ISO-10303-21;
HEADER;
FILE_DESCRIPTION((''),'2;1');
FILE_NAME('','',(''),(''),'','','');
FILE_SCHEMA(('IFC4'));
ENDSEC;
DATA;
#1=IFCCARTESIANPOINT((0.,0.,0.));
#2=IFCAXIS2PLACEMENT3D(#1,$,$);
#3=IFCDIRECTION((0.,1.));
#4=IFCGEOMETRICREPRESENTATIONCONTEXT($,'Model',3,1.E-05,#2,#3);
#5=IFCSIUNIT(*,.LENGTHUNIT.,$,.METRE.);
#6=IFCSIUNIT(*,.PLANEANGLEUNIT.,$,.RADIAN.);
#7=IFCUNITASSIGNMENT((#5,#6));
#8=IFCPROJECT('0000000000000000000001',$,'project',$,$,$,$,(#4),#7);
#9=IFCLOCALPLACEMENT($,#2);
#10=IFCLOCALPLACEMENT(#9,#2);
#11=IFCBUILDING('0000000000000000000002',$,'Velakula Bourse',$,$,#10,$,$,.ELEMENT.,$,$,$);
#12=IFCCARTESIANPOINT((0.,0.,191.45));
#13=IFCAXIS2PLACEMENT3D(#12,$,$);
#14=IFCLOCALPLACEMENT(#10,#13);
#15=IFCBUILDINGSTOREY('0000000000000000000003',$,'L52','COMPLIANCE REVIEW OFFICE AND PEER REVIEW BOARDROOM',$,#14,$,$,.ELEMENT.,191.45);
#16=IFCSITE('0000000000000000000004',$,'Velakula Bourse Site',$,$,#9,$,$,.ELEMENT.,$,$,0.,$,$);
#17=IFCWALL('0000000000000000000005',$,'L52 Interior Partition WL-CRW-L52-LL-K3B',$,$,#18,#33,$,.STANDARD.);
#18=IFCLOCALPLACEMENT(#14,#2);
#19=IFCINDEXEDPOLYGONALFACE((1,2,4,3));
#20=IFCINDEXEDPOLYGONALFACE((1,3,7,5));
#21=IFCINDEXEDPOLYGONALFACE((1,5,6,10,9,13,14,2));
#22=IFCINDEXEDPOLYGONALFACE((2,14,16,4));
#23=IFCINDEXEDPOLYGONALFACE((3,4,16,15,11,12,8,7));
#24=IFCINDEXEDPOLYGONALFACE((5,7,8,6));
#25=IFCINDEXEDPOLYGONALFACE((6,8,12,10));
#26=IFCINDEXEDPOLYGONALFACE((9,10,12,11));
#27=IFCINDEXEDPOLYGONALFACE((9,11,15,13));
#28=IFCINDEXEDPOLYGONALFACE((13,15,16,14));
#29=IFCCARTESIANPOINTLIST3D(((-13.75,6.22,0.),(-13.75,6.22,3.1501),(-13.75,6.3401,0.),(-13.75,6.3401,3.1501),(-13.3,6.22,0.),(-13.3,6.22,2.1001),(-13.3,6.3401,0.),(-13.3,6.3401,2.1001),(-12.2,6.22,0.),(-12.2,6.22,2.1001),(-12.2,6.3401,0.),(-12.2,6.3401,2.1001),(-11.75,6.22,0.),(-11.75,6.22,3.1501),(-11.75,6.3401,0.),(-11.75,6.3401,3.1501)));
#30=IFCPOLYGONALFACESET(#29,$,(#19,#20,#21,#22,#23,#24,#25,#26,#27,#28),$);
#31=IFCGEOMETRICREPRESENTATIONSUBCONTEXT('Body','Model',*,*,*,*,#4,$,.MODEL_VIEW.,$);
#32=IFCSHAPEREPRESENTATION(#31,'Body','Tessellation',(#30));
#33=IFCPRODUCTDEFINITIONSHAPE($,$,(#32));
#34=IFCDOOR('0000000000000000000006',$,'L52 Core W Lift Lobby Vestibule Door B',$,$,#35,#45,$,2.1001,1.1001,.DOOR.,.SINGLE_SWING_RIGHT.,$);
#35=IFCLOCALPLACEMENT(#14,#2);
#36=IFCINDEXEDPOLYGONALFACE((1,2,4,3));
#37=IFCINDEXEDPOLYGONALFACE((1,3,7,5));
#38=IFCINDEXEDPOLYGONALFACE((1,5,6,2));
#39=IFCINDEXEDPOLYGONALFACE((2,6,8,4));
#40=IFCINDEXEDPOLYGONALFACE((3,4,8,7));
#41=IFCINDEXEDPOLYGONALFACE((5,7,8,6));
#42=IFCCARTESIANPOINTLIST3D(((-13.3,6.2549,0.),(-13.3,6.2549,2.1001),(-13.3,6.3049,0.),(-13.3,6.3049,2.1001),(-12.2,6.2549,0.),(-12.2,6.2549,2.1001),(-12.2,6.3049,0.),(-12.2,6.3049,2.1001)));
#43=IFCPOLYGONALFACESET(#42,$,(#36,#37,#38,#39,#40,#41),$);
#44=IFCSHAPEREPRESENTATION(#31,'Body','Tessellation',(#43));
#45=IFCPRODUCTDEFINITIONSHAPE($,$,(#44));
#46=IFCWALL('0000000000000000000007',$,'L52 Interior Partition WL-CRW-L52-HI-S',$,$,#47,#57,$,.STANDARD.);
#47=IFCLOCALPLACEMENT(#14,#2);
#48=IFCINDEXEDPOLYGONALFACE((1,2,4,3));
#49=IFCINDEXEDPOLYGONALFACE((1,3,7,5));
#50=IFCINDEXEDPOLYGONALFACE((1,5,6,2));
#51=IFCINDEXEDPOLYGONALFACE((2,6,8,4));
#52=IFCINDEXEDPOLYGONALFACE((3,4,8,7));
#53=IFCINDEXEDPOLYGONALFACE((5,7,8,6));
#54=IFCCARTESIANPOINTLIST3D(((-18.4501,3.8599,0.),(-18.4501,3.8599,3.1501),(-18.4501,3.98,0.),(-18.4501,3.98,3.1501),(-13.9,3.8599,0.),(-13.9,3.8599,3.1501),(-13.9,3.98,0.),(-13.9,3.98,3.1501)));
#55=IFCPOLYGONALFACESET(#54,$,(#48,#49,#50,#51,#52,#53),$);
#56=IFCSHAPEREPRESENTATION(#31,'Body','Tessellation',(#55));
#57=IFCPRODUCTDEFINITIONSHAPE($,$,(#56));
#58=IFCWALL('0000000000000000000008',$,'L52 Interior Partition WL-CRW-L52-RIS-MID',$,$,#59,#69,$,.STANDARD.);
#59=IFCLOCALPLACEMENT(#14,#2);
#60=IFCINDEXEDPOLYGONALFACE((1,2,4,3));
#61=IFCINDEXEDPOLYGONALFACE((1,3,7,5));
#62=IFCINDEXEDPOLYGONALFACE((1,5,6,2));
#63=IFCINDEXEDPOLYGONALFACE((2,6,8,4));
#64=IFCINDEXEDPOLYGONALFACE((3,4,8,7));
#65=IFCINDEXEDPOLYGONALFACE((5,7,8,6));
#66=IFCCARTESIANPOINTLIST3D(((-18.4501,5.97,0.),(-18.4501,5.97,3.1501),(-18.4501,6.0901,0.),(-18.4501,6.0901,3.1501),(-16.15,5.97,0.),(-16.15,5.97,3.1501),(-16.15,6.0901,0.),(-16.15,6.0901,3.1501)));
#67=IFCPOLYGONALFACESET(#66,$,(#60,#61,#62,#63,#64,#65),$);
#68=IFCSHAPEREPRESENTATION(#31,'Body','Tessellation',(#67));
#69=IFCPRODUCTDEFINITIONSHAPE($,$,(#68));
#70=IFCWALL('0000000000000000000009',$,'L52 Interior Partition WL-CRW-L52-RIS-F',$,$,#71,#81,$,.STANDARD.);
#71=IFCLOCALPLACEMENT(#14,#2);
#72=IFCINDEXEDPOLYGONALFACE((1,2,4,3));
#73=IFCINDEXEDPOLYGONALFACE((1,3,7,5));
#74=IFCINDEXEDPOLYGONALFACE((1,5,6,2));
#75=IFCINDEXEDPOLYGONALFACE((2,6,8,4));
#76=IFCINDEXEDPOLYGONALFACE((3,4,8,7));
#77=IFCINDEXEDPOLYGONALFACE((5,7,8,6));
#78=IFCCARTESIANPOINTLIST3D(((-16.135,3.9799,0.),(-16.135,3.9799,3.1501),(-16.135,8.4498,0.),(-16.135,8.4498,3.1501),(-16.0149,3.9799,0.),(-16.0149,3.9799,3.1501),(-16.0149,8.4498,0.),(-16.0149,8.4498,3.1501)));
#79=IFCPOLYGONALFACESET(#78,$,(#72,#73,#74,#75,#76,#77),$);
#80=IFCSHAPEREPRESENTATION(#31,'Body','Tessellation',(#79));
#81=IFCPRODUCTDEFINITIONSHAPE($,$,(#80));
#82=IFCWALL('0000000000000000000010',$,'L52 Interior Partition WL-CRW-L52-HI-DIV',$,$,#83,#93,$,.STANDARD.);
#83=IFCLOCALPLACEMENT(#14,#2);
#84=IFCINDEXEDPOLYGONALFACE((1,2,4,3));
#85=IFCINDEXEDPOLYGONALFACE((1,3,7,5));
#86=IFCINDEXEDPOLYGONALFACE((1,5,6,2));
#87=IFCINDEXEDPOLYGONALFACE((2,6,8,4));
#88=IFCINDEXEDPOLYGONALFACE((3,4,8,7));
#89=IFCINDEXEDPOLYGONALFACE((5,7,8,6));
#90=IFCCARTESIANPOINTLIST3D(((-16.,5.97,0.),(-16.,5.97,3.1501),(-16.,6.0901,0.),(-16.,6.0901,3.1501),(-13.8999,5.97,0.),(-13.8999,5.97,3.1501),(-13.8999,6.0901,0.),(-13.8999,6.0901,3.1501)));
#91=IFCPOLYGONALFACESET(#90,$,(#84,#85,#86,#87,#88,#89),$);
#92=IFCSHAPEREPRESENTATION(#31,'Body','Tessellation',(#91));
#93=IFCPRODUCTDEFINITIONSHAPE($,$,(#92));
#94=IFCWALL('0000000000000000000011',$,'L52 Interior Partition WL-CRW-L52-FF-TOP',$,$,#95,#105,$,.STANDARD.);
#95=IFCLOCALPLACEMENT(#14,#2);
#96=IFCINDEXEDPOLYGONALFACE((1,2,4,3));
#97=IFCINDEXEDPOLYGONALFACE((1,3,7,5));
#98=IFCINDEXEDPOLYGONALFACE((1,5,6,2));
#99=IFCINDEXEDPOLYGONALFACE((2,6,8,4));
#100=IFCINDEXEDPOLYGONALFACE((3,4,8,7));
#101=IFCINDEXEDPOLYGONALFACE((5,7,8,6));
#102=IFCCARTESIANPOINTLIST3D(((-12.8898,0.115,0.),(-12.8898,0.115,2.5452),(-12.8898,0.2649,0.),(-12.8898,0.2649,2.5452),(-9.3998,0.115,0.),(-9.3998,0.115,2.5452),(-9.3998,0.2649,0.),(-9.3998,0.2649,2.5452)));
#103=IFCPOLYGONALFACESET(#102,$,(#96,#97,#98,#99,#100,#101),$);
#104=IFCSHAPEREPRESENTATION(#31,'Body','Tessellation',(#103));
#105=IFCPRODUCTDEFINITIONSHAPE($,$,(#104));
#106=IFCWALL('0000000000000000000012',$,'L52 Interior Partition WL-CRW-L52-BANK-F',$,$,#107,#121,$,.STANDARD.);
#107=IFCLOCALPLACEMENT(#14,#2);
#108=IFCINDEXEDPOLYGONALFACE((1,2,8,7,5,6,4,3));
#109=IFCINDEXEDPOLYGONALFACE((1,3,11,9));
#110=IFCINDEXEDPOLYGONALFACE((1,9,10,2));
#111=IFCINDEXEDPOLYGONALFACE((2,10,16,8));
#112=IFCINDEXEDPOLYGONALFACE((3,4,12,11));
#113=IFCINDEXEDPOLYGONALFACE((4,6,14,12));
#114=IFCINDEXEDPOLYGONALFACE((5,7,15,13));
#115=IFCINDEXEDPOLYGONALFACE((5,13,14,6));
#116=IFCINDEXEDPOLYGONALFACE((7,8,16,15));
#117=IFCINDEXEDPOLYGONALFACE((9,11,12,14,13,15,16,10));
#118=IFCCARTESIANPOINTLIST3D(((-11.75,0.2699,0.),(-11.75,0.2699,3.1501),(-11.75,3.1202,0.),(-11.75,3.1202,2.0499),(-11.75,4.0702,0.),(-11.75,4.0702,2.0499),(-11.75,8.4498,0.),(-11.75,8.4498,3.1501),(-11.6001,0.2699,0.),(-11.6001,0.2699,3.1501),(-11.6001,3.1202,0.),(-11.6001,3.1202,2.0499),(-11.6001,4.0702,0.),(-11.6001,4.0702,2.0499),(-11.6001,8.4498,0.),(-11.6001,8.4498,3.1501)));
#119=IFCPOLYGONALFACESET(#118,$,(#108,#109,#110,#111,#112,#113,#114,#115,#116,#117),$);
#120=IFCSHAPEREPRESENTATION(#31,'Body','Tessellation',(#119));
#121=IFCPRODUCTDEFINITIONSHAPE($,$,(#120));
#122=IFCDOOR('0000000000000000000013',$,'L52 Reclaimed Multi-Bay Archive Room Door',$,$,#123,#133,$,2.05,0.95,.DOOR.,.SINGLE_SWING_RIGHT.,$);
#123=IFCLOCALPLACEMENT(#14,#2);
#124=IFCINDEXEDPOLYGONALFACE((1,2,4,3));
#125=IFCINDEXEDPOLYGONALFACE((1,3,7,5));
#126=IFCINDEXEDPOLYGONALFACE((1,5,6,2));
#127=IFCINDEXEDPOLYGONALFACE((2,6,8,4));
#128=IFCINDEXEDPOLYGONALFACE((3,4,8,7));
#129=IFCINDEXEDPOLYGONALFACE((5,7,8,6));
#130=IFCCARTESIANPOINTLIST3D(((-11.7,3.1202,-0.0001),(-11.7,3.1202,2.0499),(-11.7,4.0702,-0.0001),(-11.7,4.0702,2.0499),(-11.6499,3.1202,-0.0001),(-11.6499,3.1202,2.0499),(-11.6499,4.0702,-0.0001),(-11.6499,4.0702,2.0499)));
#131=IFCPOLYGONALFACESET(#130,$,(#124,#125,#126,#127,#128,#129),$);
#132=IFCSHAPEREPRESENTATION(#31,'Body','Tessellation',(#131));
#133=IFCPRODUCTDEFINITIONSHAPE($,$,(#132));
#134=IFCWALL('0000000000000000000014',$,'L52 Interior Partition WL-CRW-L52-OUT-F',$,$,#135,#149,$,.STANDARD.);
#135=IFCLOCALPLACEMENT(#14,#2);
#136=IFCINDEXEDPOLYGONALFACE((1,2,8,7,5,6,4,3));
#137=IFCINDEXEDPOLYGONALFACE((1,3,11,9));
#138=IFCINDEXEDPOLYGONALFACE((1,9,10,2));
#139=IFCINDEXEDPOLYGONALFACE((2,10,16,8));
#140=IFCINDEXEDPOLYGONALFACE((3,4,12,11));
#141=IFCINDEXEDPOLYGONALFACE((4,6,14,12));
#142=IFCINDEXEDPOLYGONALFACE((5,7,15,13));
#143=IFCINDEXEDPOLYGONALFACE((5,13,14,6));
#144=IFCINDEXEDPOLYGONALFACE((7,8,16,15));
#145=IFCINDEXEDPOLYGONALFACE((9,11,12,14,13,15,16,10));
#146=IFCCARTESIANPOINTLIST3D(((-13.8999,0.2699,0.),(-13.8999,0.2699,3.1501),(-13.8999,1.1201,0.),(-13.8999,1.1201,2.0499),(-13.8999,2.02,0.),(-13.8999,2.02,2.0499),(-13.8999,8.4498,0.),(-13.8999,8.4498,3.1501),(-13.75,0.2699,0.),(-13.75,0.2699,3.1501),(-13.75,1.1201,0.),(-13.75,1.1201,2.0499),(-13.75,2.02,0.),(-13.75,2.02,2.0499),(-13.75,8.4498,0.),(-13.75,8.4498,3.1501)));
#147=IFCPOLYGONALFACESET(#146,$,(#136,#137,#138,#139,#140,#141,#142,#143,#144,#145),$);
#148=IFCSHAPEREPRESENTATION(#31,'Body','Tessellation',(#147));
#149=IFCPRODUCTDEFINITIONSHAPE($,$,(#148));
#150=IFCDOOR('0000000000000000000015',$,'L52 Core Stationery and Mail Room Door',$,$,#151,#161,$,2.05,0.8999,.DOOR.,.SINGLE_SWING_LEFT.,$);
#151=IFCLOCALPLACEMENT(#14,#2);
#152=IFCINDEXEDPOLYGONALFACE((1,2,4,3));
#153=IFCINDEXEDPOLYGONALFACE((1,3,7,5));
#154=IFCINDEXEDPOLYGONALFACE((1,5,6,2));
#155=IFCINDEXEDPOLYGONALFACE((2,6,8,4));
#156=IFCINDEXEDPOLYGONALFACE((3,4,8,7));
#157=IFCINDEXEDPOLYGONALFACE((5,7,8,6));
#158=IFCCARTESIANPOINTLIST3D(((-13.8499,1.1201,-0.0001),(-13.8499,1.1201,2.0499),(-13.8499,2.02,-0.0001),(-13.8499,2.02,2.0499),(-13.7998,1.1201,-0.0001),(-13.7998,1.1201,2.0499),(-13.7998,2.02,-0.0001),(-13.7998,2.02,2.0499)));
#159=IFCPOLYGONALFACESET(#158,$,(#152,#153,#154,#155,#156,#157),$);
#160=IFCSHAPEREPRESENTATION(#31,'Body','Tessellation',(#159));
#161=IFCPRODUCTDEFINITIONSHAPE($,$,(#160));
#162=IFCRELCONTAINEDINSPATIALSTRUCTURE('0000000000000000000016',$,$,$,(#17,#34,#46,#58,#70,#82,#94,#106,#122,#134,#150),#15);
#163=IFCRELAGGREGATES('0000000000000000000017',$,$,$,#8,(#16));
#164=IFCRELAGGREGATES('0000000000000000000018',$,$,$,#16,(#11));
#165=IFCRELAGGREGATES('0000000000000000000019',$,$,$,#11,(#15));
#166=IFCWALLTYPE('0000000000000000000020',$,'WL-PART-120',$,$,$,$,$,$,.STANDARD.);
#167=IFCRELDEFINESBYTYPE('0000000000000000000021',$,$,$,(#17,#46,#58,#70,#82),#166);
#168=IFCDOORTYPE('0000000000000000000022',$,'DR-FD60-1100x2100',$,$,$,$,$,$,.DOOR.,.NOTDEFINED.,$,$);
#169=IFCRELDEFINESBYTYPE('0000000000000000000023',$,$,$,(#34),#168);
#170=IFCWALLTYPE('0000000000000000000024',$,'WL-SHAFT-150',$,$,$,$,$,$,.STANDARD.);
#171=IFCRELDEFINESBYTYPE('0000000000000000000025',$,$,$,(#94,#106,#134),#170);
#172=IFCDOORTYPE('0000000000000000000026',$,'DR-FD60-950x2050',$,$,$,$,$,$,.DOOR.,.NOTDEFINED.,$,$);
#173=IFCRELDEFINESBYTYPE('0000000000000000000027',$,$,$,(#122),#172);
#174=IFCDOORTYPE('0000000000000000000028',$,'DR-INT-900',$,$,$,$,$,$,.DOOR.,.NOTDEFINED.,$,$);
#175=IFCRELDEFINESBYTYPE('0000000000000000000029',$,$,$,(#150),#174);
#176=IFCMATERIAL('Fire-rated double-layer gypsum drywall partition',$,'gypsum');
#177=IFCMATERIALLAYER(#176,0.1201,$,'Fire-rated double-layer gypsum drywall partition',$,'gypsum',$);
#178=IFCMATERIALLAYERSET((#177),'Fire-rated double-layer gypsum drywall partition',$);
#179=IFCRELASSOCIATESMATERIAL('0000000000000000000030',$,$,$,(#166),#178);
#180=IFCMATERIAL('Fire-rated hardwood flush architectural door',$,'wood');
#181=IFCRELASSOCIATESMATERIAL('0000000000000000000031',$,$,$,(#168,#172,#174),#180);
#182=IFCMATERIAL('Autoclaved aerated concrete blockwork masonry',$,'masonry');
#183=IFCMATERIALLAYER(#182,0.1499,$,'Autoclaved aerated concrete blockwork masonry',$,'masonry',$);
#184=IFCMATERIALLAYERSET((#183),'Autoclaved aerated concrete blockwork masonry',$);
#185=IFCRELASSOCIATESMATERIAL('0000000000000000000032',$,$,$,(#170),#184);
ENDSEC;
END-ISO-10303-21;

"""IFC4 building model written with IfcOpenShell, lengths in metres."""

from ifc_helpers import new_model, si_unit, direction, frame, frame_2d, origin, place, context, subcontext, project, spatial, rectangle, extrude, material, layer, layer_set, type_object, element, fill, save


model = new_model("IFC4")

# Units and contexts
model_context = context("Model", 3, precision=1e-05, world=origin(), true_north=direction((0.0, 1.0)))
body_context = subcontext(model_context, "Body", "Model", "MODEL_VIEW")
ifc_project = project(units=[si_unit("LENGTHUNIT", "METRE"), si_unit("PLANEANGLEUNIT", "RADIAN")], contexts=[model_context])

# Site, building, storey
site_placement = place(None, origin())
site = spatial("IfcSite", under=ifc_project, at=site_placement, Name="Velakula Bourse Site", CompositionType="ELEMENT", RefElevation=0.0)
building_placement = place(site_placement, origin())
building = spatial("IfcBuilding", under=site, at=building_placement, Name="Velakula Bourse", CompositionType="ELEMENT")
storey_placement = place(building_placement, frame((0.0, 0.0, 191.45)))
storey = spatial("IfcBuildingStorey", under=building, at=storey_placement, Name="L52", Description="COMPLIANCE REVIEW OFFICE AND PEER REVIEW BOARDROOM", CompositionType="ELEMENT", Elevation=191.45)

# Wall, opening, door
ifc_material_1 = material(Name="Fire-rated double-layer gypsum drywall partition", Category="gypsum")
ifc_layer_1 = layer(ifc_material_1, 0.1201, Name="Fire-rated double-layer gypsum drywall partition", Category="gypsum")
ifc_layer_set_1 = layer_set([ifc_layer_1], Name="Fire-rated double-layer gypsum drywall partition")
wall_type_1 = type_object("IfcWallType", Name="WL-PART-120", PredefinedType="STANDARD", material=ifc_layer_set_1)
ifc_material_2 = material(Name="Fire-rated hardwood flush architectural door", Category="wood")
door_type_1 = type_object("IfcDoorType", Name="DR-FD60-1100x2100", OperationType="NOTDEFINED", PredefinedType="DOOR", material=ifc_material_2)
wall_1_placement = place(storey_placement, frame((-13.75, 6.28, 0.0), z_axis=(0.0, 0.0, 1.0), x_axis=(1.0, 0.0, 0.0)))
wall_1 = element("IfcWall", 1, at=wall_1_placement, inside=storey, type_object=wall_type_1, Name="L52 Interior Partition WL-CRW-L52-LL-K3B", PredefinedType="STANDARD", context=body_context, shape_type="SweptSolid", body=[
    extrude(rectangle(XDim=2.0, YDim=0.1201, at=frame_2d((1.0, 0.0))), origin(), (0.0, 0.0, 1.0), 3.1501),
])
opening_1_placement = place(wall_1_placement, frame((0.45, 0.0, 0.0)))
opening_1 = element("IfcOpeningElement", 2, at=opening_1_placement, cuts=wall_1, PredefinedType="OPENING", context=body_context, shape_type="SweptSolid", body=[
    extrude(rectangle(XDim=1.1001, YDim=2.1001, at=frame_2d((0.55, 1.05))), frame((0.0, 0.0701, 0.0), z_axis=(0.0, -1.0, 0.0), x_axis=(1.0, 0.0, 0.0)), (0.0, 0.0, 1.0), 0.1401),
])
door_1_placement = place(opening_1_placement, origin())
door_1 = element("IfcDoor", 3, at=door_1_placement, inside=storey, type_object=door_type_1, Name="L52 Core W Lift Lobby Vestibule Door B", OperationType="SINGLE_SWING_RIGHT", OverallHeight=2.1001, OverallWidth=1.1001, PredefinedType="DOOR", context=body_context, shape_type="SweptSolid", body=[
    extrude(rectangle(XDim=1.1001, YDim=2.1001, at=frame_2d((0.55, 1.05))), frame((0.0, 0.0249, 0.0), z_axis=(0.0, -1.0, 0.0), x_axis=(1.0, 0.0, 0.0)), (0.0, 0.0, 1.0), 0.05),
])
fill(opening_1, door_1)

# Walls
wall_2_placement = place(storey_placement, frame((-18.45, 3.9199, 0.0), z_axis=(0.0, 0.0, 1.0), x_axis=(1.0, 0.0, 0.0)))
element("IfcWall", 4, at=wall_2_placement, inside=storey, type_object=wall_type_1, Name="L52 Interior Partition WL-CRW-L52-HI-S", PredefinedType="STANDARD", context=body_context, shape_type="SweptSolid", body=[
    extrude(rectangle(XDim=4.55, YDim=0.1201, at=frame_2d((2.2749, 0.0))), origin(), (0.0, 0.0, 1.0), 3.1501),
])
wall_3_placement = place(storey_placement, frame((-18.45, 6.03, 0.0), z_axis=(0.0, 0.0, 1.0), x_axis=(1.0, 0.0, 0.0)))
element("IfcWall", 5, at=wall_3_placement, inside=storey, type_object=wall_type_1, Name="L52 Interior Partition WL-CRW-L52-RIS-MID", PredefinedType="STANDARD", context=body_context, shape_type="SweptSolid", body=[
    extrude(rectangle(XDim=2.3, YDim=0.1201, at=frame_2d((1.1499, 0.0))), origin(), (0.0, 0.0, 1.0), 3.1501),
])
wall_4_placement = place(storey_placement, frame((-16.075, 3.98, 0.0), z_axis=(0.0, 0.0, 1.0), x_axis=(0.0, 1.0, 0.0)))
element("IfcWall", 6, at=wall_4_placement, inside=storey, type_object=wall_type_1, Name="L52 Interior Partition WL-CRW-L52-RIS-F", PredefinedType="STANDARD", context=body_context, shape_type="SweptSolid", body=[
    extrude(rectangle(XDim=4.47, YDim=0.1201, at=frame_2d((2.2349, 0.0))), origin(), (0.0, 0.0, 1.0), 3.1501),
])
wall_5_placement = place(storey_placement, frame((-16.0, 6.03, 0.0), z_axis=(0.0, 0.0, 1.0), x_axis=(1.0, 0.0, 0.0)))
element("IfcWall", 7, at=wall_5_placement, inside=storey, type_object=wall_type_1, Name="L52 Interior Partition WL-CRW-L52-HI-DIV", PredefinedType="STANDARD", context=body_context, shape_type="SweptSolid", body=[
    extrude(rectangle(XDim=2.1001, YDim=0.1201, at=frame_2d((1.05, 0.0))), origin(), (0.0, 0.0, 1.0), 3.1501),
])
ifc_material_3 = material(Name="Autoclaved aerated concrete blockwork masonry", Category="masonry")
ifc_layer_2 = layer(ifc_material_3, 0.1499, Name="Autoclaved aerated concrete blockwork masonry", Category="masonry")
ifc_layer_set_2 = layer_set([ifc_layer_2], Name="Autoclaved aerated concrete blockwork masonry")
wall_type_2 = type_object("IfcWallType", Name="WL-SHAFT-150", PredefinedType="STANDARD", material=ifc_layer_set_2)
wall_6_placement = place(storey_placement, frame((-12.8899, 0.1899, 0.0), z_axis=(0.0, 0.0, 1.0), x_axis=(1.0, 0.0, 0.0)))
element("IfcWall", 8, at=wall_6_placement, inside=storey, type_object=wall_type_2, Name="L52 Interior Partition WL-CRW-L52-FF-TOP", PredefinedType="STANDARD", context=body_context, shape_type="SweptSolid", body=[
    extrude(rectangle(XDim=3.49, YDim=0.1499, at=frame_2d((1.7451, 0.0))), origin(), (0.0, 0.0, 1.0), 2.5452),
])

# Walls, openings, doors
wall_7_placement = place(storey_placement, frame((-11.675, 0.27, 0.0), z_axis=(0.0, 0.0, 1.0), x_axis=(0.0, 1.0, 0.0)))
wall_7 = element("IfcWall", 9, at=wall_7_placement, inside=storey, type_object=wall_type_2, Name="L52 Interior Partition WL-CRW-L52-BANK-F", PredefinedType="STANDARD", context=body_context, shape_type="SweptSolid", body=[
    extrude(rectangle(XDim=8.1799, YDim=0.1499, at=frame_2d((4.0898, 0.0))), origin(), (0.0, 0.0, 1.0), 3.1501),
])
opening_2_placement = place(wall_7_placement, frame((2.8501, 0.0, 0.0)))
opening_2 = element("IfcOpeningElement", 10, at=opening_2_placement, cuts=wall_7, PredefinedType="OPENING", context=body_context, shape_type="SweptSolid", body=[
    extrude(rectangle(XDim=0.95, YDim=2.05, at=frame_2d((0.4751, 1.0249))), frame((0.0, 0.085, 0.0), z_axis=(0.0, -1.0, 0.0), x_axis=(1.0, 0.0, 0.0)), (0.0, 0.0, 1.0), 0.1699),
])
door_type_2 = type_object("IfcDoorType", Name="DR-FD60-950x2050", OperationType="NOTDEFINED", PredefinedType="DOOR", material=ifc_material_2)
door_2_placement = place(opening_2_placement, origin())
door_2 = element("IfcDoor", 11, at=door_2_placement, inside=storey, type_object=door_type_2, Name="L52 Reclaimed Multi-Bay Archive Room Door", OperationType="SINGLE_SWING_RIGHT", OverallHeight=2.05, OverallWidth=0.95, PredefinedType="DOOR", context=body_context, shape_type="SweptSolid", body=[
    extrude(rectangle(XDim=0.95, YDim=2.05, at=frame_2d((0.4751, 1.0249))), frame((0.0, 0.0249, 0.0), z_axis=(0.0, -1.0, 0.0), x_axis=(1.0, 0.0, 0.0)), (0.0, 0.0, 1.0), 0.05),
])
fill(opening_2, door_2)
wall_8_placement = place(storey_placement, frame((-13.825, 0.27, 0.0), z_axis=(0.0, 0.0, 1.0), x_axis=(0.0, 1.0, 0.0)))
wall_8 = element("IfcWall", 12, at=wall_8_placement, inside=storey, type_object=wall_type_2, Name="L52 Interior Partition WL-CRW-L52-OUT-F", PredefinedType="STANDARD", context=body_context, shape_type="SweptSolid", body=[
    extrude(rectangle(XDim=8.1799, YDim=0.1499, at=frame_2d((4.0898, 0.0))), origin(), (0.0, 0.0, 1.0), 3.1501),
])
opening_3_placement = place(wall_8_placement, frame((0.8501, 0.0, 0.0)))
opening_3 = element("IfcOpeningElement", 13, at=opening_3_placement, cuts=wall_8, PredefinedType="OPENING", context=body_context, shape_type="SweptSolid", body=[
    extrude(rectangle(XDim=0.8999, YDim=2.05, at=frame_2d((0.45, 1.0249))), frame((0.0, 0.085, 0.0), z_axis=(0.0, -1.0, 0.0), x_axis=(1.0, 0.0, 0.0)), (0.0, 0.0, 1.0), 0.1699),
])
door_type_3 = type_object("IfcDoorType", Name="DR-INT-900", OperationType="NOTDEFINED", PredefinedType="DOOR", material=ifc_material_2)
door_3_placement = place(opening_3_placement, origin())
door_3 = element("IfcDoor", 14, at=door_3_placement, inside=storey, type_object=door_type_3, Name="L52 Core Stationery and Mail Room Door", OperationType="SINGLE_SWING_LEFT", OverallHeight=2.05, OverallWidth=0.8999, PredefinedType="DOOR", context=body_context, shape_type="SweptSolid", body=[
    extrude(rectangle(XDim=0.8999, YDim=2.05, at=frame_2d((0.45, 1.0249))), frame((0.0, 0.0249, 0.0), z_axis=(0.0, -1.0, 0.0), x_axis=(1.0, 0.0, 0.0)), (0.0, 0.0, 1.0), 0.05),
])
fill(opening_3, door_3)

save(model, "model.ifc")
